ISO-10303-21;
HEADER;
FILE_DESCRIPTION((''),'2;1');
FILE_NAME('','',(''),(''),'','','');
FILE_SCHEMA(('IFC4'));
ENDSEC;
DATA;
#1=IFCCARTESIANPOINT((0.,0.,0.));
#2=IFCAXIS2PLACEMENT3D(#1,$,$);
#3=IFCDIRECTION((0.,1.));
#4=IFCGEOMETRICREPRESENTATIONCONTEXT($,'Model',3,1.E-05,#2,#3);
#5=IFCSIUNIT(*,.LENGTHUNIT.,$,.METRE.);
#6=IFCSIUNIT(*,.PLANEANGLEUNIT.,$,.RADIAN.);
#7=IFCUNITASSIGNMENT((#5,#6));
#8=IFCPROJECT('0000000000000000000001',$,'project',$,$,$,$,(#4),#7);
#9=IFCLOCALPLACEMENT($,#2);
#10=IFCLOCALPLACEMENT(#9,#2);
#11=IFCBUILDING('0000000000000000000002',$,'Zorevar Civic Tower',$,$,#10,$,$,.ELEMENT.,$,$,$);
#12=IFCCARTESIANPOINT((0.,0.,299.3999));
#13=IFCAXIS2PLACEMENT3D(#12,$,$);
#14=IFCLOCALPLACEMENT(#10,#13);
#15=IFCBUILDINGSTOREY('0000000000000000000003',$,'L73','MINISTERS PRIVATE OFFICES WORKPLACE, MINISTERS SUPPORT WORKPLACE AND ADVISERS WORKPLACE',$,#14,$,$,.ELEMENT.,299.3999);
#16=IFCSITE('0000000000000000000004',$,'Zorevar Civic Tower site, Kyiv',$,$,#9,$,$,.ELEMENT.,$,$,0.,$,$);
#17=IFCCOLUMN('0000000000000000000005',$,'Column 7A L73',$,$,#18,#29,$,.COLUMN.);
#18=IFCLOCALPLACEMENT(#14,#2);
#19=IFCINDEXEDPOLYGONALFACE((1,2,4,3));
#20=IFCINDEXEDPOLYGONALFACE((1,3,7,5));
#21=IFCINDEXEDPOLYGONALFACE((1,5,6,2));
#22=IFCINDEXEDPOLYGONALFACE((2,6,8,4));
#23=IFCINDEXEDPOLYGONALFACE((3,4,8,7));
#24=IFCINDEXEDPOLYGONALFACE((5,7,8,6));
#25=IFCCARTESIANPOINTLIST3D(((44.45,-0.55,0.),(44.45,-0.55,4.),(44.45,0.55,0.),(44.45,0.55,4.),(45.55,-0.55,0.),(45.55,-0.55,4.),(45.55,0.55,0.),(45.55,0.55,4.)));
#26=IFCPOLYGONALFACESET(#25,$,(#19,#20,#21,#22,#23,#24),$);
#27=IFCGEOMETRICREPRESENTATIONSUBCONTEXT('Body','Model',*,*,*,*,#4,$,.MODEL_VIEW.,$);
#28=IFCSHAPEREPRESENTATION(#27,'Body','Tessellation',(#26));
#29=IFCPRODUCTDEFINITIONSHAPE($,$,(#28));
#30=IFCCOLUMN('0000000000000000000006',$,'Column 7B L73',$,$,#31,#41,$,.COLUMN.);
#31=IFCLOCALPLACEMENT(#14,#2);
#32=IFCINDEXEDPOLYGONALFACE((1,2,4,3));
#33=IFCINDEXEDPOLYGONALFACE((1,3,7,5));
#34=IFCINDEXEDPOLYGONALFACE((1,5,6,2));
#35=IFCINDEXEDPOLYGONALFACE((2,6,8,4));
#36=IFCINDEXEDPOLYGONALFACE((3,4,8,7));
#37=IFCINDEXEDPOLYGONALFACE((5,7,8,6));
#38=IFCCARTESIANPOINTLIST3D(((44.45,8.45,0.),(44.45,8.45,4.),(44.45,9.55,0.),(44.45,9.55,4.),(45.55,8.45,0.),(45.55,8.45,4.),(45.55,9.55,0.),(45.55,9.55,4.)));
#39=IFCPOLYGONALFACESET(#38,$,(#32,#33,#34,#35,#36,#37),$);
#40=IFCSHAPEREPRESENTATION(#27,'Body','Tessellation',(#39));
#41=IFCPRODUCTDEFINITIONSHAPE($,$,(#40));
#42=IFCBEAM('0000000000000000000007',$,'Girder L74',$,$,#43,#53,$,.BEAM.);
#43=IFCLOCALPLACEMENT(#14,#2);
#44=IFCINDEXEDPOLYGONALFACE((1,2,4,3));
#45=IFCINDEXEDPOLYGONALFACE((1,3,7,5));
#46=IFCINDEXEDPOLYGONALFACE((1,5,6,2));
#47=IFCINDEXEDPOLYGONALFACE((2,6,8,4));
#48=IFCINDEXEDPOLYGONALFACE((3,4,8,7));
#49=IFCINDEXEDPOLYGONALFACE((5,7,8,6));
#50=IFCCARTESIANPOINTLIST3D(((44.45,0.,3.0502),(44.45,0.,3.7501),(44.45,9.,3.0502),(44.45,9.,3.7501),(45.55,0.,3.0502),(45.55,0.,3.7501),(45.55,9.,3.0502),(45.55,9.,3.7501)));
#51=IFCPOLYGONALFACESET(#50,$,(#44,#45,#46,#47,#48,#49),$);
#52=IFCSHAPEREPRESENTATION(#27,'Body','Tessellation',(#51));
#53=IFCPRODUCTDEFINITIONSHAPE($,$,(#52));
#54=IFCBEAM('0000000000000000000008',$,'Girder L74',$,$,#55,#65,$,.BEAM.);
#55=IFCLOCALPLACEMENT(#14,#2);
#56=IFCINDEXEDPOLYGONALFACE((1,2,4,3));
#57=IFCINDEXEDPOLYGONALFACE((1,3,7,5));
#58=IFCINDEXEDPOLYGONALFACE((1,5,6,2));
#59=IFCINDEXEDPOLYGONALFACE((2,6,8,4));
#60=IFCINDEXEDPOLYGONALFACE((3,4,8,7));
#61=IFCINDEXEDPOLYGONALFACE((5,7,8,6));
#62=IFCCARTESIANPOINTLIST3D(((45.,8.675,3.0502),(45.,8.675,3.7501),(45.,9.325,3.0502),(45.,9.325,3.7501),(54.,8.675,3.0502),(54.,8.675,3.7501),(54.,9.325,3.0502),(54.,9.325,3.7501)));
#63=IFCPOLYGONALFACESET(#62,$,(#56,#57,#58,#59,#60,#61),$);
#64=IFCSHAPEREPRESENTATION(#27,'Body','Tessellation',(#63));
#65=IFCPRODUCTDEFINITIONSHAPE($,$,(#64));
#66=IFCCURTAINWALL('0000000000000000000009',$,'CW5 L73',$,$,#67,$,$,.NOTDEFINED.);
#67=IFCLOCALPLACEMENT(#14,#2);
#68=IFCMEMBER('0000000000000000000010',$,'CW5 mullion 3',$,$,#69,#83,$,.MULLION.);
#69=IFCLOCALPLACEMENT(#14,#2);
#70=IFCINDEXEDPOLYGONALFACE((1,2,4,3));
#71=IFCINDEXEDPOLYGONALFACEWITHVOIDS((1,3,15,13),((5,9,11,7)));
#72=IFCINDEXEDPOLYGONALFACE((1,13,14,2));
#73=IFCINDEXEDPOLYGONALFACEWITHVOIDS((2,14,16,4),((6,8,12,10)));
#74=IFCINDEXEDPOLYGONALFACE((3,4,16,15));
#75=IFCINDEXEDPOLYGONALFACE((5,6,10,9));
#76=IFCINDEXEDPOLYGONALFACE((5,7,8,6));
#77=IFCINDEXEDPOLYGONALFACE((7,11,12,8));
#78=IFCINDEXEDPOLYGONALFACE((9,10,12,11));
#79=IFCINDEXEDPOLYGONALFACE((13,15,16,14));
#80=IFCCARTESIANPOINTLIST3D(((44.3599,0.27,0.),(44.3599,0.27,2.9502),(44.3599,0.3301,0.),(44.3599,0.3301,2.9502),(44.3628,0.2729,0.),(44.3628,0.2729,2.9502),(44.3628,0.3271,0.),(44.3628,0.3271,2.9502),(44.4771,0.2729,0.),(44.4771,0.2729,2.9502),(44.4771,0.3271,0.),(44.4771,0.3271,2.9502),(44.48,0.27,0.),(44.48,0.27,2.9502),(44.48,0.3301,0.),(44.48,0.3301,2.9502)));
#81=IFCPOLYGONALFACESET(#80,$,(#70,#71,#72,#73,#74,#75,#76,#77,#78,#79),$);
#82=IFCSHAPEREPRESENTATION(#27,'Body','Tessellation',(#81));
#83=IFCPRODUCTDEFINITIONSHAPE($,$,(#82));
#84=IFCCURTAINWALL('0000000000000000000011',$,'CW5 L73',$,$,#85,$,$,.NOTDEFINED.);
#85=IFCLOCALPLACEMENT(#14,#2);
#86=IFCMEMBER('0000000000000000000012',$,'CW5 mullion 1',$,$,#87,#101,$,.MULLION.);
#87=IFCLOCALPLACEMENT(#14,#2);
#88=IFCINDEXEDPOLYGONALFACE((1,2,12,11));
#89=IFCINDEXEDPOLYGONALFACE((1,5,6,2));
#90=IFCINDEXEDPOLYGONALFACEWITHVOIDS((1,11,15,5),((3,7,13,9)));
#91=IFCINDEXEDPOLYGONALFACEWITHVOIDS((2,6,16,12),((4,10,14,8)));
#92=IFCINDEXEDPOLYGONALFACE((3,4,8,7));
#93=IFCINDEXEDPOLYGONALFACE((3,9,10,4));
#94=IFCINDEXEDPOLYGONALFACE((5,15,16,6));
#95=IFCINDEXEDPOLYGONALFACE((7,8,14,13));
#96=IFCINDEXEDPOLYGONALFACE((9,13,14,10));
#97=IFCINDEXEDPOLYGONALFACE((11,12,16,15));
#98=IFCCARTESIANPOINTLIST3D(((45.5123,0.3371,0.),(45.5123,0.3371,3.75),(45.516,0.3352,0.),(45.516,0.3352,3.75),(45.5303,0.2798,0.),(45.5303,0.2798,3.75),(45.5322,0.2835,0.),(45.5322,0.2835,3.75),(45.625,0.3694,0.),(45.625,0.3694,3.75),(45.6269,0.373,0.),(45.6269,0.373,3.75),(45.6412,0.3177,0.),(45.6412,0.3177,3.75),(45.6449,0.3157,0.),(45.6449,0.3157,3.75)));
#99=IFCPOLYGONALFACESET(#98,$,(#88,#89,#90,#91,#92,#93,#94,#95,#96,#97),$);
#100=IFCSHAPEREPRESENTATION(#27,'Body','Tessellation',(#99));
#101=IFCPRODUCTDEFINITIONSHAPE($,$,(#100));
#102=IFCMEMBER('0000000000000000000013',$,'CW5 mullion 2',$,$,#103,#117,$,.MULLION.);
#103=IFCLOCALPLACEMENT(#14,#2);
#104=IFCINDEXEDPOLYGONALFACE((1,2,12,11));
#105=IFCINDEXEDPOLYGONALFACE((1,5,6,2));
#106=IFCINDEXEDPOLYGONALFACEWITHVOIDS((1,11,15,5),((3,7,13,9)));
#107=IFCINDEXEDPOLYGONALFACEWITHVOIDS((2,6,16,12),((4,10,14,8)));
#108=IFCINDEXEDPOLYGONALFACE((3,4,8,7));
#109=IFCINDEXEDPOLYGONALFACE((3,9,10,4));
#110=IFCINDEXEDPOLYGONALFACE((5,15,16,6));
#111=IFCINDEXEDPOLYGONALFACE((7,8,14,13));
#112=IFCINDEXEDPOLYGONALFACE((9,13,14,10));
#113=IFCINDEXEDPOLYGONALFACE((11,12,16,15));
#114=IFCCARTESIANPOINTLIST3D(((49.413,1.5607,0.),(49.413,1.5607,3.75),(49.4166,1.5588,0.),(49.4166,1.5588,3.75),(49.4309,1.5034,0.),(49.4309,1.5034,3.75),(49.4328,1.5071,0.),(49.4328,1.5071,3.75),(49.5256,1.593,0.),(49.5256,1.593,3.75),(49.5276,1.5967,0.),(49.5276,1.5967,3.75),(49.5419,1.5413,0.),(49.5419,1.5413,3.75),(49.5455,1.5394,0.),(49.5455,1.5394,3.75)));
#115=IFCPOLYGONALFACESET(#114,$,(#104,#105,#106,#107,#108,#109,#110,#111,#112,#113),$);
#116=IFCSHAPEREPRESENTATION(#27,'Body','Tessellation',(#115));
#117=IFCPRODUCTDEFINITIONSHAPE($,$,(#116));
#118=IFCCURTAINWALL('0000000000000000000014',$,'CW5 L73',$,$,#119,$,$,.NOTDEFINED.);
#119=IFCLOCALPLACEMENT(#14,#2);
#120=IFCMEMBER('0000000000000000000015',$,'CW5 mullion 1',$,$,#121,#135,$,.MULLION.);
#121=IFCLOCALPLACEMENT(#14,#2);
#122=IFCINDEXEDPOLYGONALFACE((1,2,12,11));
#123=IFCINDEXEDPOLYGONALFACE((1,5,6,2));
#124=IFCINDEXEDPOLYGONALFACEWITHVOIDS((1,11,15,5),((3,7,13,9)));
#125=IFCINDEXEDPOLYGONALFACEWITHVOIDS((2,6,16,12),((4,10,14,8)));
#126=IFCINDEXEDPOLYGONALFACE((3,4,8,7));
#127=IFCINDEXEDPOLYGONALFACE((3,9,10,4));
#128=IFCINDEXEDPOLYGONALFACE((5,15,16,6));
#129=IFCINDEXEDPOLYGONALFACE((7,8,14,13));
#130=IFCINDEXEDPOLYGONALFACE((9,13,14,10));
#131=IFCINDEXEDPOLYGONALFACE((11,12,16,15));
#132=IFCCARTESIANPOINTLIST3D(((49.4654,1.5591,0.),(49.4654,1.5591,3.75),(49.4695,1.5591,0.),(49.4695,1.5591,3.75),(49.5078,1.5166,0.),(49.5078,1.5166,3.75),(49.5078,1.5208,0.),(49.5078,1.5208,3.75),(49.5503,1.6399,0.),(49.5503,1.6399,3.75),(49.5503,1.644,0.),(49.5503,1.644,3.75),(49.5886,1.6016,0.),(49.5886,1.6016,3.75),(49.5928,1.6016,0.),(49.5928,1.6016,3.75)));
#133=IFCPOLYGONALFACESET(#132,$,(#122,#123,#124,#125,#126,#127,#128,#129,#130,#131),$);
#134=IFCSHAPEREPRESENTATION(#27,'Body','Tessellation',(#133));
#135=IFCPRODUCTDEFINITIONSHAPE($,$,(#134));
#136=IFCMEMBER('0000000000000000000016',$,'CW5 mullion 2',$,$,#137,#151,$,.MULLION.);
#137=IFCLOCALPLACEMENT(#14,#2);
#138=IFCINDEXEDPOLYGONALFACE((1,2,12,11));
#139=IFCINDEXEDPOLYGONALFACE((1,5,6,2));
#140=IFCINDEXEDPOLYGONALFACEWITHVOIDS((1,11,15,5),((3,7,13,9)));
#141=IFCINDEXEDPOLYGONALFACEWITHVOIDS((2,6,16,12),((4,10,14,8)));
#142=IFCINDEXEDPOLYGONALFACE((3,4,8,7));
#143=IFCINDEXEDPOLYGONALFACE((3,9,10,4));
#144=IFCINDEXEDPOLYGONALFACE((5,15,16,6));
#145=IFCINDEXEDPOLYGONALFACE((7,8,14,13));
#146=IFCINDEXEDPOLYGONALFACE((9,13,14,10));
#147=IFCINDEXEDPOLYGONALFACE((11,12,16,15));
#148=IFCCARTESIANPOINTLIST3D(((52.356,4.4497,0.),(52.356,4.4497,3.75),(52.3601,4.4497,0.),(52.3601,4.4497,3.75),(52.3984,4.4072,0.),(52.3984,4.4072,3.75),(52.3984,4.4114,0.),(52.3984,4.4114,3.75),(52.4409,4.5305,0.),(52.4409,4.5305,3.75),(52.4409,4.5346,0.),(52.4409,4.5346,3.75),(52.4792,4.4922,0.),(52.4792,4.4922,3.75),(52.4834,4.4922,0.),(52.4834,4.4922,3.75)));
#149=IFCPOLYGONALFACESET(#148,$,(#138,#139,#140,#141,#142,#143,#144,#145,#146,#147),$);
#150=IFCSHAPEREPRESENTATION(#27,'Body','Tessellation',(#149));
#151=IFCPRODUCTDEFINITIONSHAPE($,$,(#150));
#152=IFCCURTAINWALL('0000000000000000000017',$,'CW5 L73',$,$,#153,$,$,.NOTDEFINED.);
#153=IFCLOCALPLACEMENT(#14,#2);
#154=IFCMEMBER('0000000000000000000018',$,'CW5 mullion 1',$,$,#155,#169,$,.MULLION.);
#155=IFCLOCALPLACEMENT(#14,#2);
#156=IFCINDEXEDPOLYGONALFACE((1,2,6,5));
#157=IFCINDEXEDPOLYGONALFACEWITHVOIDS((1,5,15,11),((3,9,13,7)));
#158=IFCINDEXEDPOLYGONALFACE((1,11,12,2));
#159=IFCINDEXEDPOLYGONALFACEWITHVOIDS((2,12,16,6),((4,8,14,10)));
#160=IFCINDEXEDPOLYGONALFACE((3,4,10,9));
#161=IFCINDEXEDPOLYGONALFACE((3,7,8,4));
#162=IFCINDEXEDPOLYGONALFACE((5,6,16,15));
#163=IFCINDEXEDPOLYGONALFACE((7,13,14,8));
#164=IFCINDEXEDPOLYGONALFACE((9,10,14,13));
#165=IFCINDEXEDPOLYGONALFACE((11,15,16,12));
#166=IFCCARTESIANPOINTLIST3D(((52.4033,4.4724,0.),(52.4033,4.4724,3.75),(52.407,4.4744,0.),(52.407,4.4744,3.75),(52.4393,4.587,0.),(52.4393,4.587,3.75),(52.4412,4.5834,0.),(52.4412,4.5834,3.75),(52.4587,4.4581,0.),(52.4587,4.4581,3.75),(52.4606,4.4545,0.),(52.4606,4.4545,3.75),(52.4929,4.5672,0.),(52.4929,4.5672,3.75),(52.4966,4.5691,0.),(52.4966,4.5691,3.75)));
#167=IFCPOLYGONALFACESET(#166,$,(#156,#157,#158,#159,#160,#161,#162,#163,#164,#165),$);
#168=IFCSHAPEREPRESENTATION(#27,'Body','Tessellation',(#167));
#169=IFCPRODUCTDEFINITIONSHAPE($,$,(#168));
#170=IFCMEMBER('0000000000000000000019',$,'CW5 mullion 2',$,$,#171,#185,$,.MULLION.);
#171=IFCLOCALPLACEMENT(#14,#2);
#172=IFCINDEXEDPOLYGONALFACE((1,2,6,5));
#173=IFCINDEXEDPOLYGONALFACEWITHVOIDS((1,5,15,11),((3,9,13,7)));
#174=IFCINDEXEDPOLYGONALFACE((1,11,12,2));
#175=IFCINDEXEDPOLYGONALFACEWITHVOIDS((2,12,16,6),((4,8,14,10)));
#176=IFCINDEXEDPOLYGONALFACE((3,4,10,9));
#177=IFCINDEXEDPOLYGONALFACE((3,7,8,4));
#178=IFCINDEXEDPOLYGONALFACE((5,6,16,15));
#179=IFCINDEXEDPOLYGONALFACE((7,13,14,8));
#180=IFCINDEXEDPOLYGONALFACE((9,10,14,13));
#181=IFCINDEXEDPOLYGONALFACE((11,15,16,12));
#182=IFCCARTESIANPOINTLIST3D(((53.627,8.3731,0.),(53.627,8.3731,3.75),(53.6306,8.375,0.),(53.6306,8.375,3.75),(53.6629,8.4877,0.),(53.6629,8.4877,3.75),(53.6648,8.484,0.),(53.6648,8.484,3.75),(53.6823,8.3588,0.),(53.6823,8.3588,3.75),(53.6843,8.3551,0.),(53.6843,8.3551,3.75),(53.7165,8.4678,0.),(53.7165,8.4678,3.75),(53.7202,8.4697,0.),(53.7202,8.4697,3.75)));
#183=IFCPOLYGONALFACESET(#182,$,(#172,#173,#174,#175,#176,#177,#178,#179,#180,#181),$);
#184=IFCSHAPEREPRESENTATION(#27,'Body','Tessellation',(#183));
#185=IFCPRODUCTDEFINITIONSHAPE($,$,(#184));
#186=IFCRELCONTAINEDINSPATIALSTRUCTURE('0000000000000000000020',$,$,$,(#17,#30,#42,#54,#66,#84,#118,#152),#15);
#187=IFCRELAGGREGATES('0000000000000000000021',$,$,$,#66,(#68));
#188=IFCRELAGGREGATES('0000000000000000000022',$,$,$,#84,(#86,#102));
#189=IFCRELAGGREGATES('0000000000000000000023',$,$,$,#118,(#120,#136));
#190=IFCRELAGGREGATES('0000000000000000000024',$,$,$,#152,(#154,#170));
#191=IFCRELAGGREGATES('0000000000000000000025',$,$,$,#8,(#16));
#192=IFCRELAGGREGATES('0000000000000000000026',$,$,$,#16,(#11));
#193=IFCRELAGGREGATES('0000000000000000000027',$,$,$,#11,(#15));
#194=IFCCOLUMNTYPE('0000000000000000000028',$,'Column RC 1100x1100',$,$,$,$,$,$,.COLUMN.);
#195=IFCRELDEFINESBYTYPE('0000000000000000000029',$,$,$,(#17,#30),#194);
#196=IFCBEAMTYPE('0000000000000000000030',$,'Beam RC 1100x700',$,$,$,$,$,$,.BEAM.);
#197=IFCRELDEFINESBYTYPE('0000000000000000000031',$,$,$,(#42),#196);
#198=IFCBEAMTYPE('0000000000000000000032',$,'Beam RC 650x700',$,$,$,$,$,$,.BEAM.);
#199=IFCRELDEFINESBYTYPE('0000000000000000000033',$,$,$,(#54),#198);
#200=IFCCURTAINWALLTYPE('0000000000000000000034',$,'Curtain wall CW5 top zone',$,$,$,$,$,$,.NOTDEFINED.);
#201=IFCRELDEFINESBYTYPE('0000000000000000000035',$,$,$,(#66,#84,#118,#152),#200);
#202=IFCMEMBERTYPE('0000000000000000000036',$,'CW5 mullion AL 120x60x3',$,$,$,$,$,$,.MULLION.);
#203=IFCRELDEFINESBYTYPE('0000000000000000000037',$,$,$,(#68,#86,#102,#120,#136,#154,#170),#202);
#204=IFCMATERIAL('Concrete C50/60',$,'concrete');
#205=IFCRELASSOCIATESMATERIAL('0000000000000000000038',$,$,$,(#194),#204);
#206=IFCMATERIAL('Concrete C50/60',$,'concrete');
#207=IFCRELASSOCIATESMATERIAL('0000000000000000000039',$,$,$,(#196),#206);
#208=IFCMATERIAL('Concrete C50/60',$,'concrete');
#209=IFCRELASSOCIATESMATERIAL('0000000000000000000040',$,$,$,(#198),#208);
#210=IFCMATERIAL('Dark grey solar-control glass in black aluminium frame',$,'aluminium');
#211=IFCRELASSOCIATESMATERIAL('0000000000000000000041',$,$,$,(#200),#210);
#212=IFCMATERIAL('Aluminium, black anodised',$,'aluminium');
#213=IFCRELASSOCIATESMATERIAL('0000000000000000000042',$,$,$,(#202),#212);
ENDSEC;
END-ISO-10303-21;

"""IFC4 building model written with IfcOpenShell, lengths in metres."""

from ifc_helpers import new_model, si_unit, direction, frame, origin, origin_2d, place, context, subcontext, project, spatial, rectangle, hollow_rectangle, extrude, material, material_profile, profile_set, type_object, element, aggregate, save


model = new_model("IFC4")

# Units and contexts
model_context = context("Model", 3, precision=1e-05, world=origin(), true_north=direction((0.0, 1.0)))
body_context = subcontext(model_context, "Body", "Model", "MODEL_VIEW")
ifc_project = project(units=[si_unit("LENGTHUNIT", "METRE"), si_unit("PLANEANGLEUNIT", "RADIAN")], contexts=[model_context])

# Site, building, storey
site_placement = place(None, origin())
site = spatial("IfcSite", under=ifc_project, at=site_placement, Name="Zorevar Civic Tower site, Kyiv", CompositionType="ELEMENT", RefElevation=0.0)
building_placement = place(site_placement, origin())
building = spatial("IfcBuilding", under=site, at=building_placement, Name="Zorevar Civic Tower", CompositionType="ELEMENT")
storey_placement = place(building_placement, frame((0.0, 0.0, 299.3999)))
storey = spatial("IfcBuildingStorey", under=building, at=storey_placement, Name="L73", Description="MINISTERS PRIVATE OFFICES WORKPLACE, MINISTERS SUPPORT WORKPLACE AND ADVISERS WORKPLACE", CompositionType="ELEMENT", Elevation=299.3999)

# Columns
ifc_material_1 = material(Name="Concrete C50/60", Category="concrete")
ifc_material_profile_1 = material_profile(ifc_material_1, rectangle(XDim=1.1001, YDim=1.1001, at=origin_2d()), Name="RC 1100x1100")
ifc_profile_set_1 = profile_set([ifc_material_profile_1], Name="Concrete C50/60")
column_type = type_object("IfcColumnType", Name="Column RC 1100x1100", PredefinedType="COLUMN", material=ifc_profile_set_1)
for number, where, z_axis, x_axis, name in (
    (1, (45.0, 0.0, 0.0), (0.0, 0.0, 1.0), (1.0, 0.0, 0.0), "Column 7A L73"),
    (2, (45.0, 9.0, 0.0), (0.0, 0.0, 1.0), (1.0, 0.0, 0.0), "Column 7B L73"),
):
    element("IfcColumn", number, at=place(storey_placement, frame(where, z_axis=z_axis, x_axis=x_axis)), inside=storey, type_object=column_type, Name=name, PredefinedType="COLUMN", context=body_context, shape_type="SweptSolid", body=[
        extrude(rectangle(XDim=1.1001, YDim=1.1001, at=origin_2d()), origin(), (0.0, 0.0, 1.0), 4.0),
    ])

# Beams
ifc_material_2 = material(Name="Concrete C50/60", Category="concrete")
ifc_material_profile_2 = material_profile(ifc_material_2, rectangle(XDim=1.1001, YDim=0.7, at=origin_2d()), Name="RC 1100x700")
ifc_profile_set_2 = profile_set([ifc_material_profile_2], Name="Concrete C50/60")
beam_type_1 = type_object("IfcBeamType", Name="Beam RC 1100x700", PredefinedType="BEAM", material=ifc_profile_set_2)
beam_1_placement = place(storey_placement, frame((45.0, 0.0, 3.4001), z_axis=(0.0, 1.0, 0.0), x_axis=(-1.0, 0.0, 0.0)))
element("IfcBeam", 3, at=beam_1_placement, inside=storey, type_object=beam_type_1, Name="Girder L74", PredefinedType="BEAM", context=body_context, shape_type="SweptSolid", body=[
    extrude(rectangle(XDim=1.1001, YDim=0.7, at=origin_2d()), origin(), (0.0, 0.0, 1.0), 9.0),
])
ifc_material_3 = material(Name="Concrete C50/60", Category="concrete")
ifc_material_profile_3 = material_profile(ifc_material_3, rectangle(XDim=0.6499, YDim=0.7, at=origin_2d()), Name="RC 650x700")
ifc_profile_set_3 = profile_set([ifc_material_profile_3], Name="Concrete C50/60")
beam_type_2 = type_object("IfcBeamType", Name="Beam RC 650x700", PredefinedType="BEAM", material=ifc_profile_set_3)
beam_2_placement = place(storey_placement, frame((45.0, 9.0, 3.4001), z_axis=(1.0, 0.0, 0.0), x_axis=(0.0, 1.0, 0.0)))
element("IfcBeam", 4, at=beam_2_placement, inside=storey, type_object=beam_type_2, Name="Girder L74", PredefinedType="BEAM", context=body_context, shape_type="SweptSolid", body=[
    extrude(rectangle(XDim=0.6499, YDim=0.7, at=origin_2d()), origin(), (0.0, 0.0, 1.0), 9.0),
])

# Curtain wall, member
ifc_material_4 = material(Name="Dark grey solar-control glass in black aluminium frame", Category="aluminium")
curtain_wall_type = type_object("IfcCurtainWallType", Name="Curtain wall CW5 top zone", PredefinedType="NOTDEFINED", material=ifc_material_4)
curtain_wall_1_placement = place(storey_placement, origin())
curtain_wall_1 = element("IfcCurtainWall", 5, at=curtain_wall_1_placement, inside=storey, type_object=curtain_wall_type, Name="CW5 L73", PredefinedType="NOTDEFINED")
ifc_material_5 = material(Name="Aluminium, black anodised", Category="aluminium")
ifc_material_profile_4 = material_profile(ifc_material_5, hollow_rectangle(XDim=0.0601, YDim=0.1201, WallThickness=0.0029, at=origin_2d()), Name="AL 120x60x3")
ifc_profile_set_4 = profile_set([ifc_material_profile_4], Name="Aluminium, black anodised")
member_type_1 = type_object("IfcMemberType", Name="CW5 mullion AL 120x60x3", PredefinedType="MULLION", material=ifc_profile_set_4)
member_1_placement = place(storey_placement, frame((44.4199, 0.3, 0.0), z_axis=(0.0, 0.0, 1.0), x_axis=(0.0, 1.0, 0.0)))
member_1 = element("IfcMember", 6, at=member_1_placement, type_object=member_type_1, Name="CW5 mullion 3", PredefinedType="MULLION", context=body_context, shape_type="SweptSolid", body=[
    extrude(hollow_rectangle(XDim=0.0601, YDim=0.1201, WallThickness=0.0029, at=origin_2d()), origin(), (0.0, 0.0, 1.0), 2.9502),
])

# Curtain walls, members
curtain_wall_2_placement = place(storey_placement, origin())
curtain_wall_2 = element("IfcCurtainWall", 7, at=curtain_wall_2_placement, inside=storey, type_object=curtain_wall_type, Name="CW5 L73", PredefinedType="NOTDEFINED")
member_2_placement = place(storey_placement, frame((45.5786, 0.3264, 0.0), z_axis=(0.0, 0.0, 1.0), x_axis=(-0.299318, 0.954153, 0.0)))
member_2 = element("IfcMember", 8, at=member_2_placement, type_object=member_type_1, Name="CW5 mullion 1", PredefinedType="MULLION", context=body_context, shape_type="SweptSolid", body=[
    extrude(hollow_rectangle(XDim=0.0601, YDim=0.1201, WallThickness=0.0029, at=origin_2d()), origin(), (0.0, 0.0, 1.0), 3.75),
])
member_3_placement = place(storey_placement, frame((49.4792, 1.55, 0.0), z_axis=(0.0, 0.0, 1.0), x_axis=(-0.299318, 0.954153, 0.0)))
member_3 = element("IfcMember", 9, at=member_3_placement, type_object=member_type_1, Name="CW5 mullion 2", PredefinedType="MULLION", context=body_context, shape_type="SweptSolid", body=[
    extrude(hollow_rectangle(XDim=0.0601, YDim=0.1201, WallThickness=0.0029, at=origin_2d()), origin(), (0.0, 0.0, 1.0), 3.75),
])
curtain_wall_3_placement = place(storey_placement, origin())
curtain_wall_3 = element("IfcCurtainWall", 10, at=curtain_wall_3_placement, inside=storey, type_object=curtain_wall_type, Name="CW5 L73", PredefinedType="NOTDEFINED")
member_4_placement = place(storey_placement, frame((49.5291, 1.5803, 0.0), z_axis=(0.0, 0.0, 1.0), x_axis=(-0.707107, 0.707107, 0.0)))
member_4 = element("IfcMember", 11, at=member_4_placement, type_object=member_type_1, Name="CW5 mullion 1", PredefinedType="MULLION", context=body_context, shape_type="SweptSolid", body=[
    extrude(hollow_rectangle(XDim=0.0601, YDim=0.1201, WallThickness=0.0029, at=origin_2d()), origin(), (0.0, 0.0, 1.0), 3.75),
])
member_5_placement = place(storey_placement, frame((52.4197, 4.4709, 0.0), z_axis=(0.0, 0.0, 1.0), x_axis=(-0.707107, 0.707107, 0.0)))
member_5 = element("IfcMember", 12, at=member_5_placement, type_object=member_type_1, Name="CW5 mullion 2", PredefinedType="MULLION", context=body_context, shape_type="SweptSolid", body=[
    extrude(hollow_rectangle(XDim=0.0601, YDim=0.1201, WallThickness=0.0029, at=origin_2d()), origin(), (0.0, 0.0, 1.0), 3.75),
])
curtain_wall_4_placement = place(storey_placement, origin())
curtain_wall_4 = element("IfcCurtainWall", 13, at=curtain_wall_4_placement, inside=storey, type_object=curtain_wall_type, Name="CW5 L73", PredefinedType="NOTDEFINED")
member_6_placement = place(storey_placement, frame((52.45, 4.5208, 0.0), z_axis=(0.0, 0.0, 1.0), x_axis=(-0.954153, 0.299318, 0.0)))
member_6 = element("IfcMember", 14, at=member_6_placement, type_object=member_type_1, Name="CW5 mullion 1", PredefinedType="MULLION", context=body_context, shape_type="SweptSolid", body=[
    extrude(hollow_rectangle(XDim=0.0601, YDim=0.1201, WallThickness=0.0029, at=origin_2d()), origin(), (0.0, 0.0, 1.0), 3.75),
])
member_7_placement = place(storey_placement, frame((53.6736, 8.4214, 0.0), z_axis=(0.0, 0.0, 1.0), x_axis=(-0.954153, 0.299318, 0.0)))
member_7 = element("IfcMember", 15, at=member_7_placement, type_object=member_type_1, Name="CW5 mullion 2", PredefinedType="MULLION", context=body_context, shape_type="SweptSolid", body=[
    extrude(hollow_rectangle(XDim=0.0601, YDim=0.1201, WallThickness=0.0029, at=origin_2d()), origin(), (0.0, 0.0, 1.0), 3.75),
])

aggregate(curtain_wall_1, [member_1])
aggregate(curtain_wall_2, [member_2, member_3])
aggregate(curtain_wall_3, [member_4, member_5])
aggregate(curtain_wall_4, [member_6, member_7])

save(model, "model.ifc")
